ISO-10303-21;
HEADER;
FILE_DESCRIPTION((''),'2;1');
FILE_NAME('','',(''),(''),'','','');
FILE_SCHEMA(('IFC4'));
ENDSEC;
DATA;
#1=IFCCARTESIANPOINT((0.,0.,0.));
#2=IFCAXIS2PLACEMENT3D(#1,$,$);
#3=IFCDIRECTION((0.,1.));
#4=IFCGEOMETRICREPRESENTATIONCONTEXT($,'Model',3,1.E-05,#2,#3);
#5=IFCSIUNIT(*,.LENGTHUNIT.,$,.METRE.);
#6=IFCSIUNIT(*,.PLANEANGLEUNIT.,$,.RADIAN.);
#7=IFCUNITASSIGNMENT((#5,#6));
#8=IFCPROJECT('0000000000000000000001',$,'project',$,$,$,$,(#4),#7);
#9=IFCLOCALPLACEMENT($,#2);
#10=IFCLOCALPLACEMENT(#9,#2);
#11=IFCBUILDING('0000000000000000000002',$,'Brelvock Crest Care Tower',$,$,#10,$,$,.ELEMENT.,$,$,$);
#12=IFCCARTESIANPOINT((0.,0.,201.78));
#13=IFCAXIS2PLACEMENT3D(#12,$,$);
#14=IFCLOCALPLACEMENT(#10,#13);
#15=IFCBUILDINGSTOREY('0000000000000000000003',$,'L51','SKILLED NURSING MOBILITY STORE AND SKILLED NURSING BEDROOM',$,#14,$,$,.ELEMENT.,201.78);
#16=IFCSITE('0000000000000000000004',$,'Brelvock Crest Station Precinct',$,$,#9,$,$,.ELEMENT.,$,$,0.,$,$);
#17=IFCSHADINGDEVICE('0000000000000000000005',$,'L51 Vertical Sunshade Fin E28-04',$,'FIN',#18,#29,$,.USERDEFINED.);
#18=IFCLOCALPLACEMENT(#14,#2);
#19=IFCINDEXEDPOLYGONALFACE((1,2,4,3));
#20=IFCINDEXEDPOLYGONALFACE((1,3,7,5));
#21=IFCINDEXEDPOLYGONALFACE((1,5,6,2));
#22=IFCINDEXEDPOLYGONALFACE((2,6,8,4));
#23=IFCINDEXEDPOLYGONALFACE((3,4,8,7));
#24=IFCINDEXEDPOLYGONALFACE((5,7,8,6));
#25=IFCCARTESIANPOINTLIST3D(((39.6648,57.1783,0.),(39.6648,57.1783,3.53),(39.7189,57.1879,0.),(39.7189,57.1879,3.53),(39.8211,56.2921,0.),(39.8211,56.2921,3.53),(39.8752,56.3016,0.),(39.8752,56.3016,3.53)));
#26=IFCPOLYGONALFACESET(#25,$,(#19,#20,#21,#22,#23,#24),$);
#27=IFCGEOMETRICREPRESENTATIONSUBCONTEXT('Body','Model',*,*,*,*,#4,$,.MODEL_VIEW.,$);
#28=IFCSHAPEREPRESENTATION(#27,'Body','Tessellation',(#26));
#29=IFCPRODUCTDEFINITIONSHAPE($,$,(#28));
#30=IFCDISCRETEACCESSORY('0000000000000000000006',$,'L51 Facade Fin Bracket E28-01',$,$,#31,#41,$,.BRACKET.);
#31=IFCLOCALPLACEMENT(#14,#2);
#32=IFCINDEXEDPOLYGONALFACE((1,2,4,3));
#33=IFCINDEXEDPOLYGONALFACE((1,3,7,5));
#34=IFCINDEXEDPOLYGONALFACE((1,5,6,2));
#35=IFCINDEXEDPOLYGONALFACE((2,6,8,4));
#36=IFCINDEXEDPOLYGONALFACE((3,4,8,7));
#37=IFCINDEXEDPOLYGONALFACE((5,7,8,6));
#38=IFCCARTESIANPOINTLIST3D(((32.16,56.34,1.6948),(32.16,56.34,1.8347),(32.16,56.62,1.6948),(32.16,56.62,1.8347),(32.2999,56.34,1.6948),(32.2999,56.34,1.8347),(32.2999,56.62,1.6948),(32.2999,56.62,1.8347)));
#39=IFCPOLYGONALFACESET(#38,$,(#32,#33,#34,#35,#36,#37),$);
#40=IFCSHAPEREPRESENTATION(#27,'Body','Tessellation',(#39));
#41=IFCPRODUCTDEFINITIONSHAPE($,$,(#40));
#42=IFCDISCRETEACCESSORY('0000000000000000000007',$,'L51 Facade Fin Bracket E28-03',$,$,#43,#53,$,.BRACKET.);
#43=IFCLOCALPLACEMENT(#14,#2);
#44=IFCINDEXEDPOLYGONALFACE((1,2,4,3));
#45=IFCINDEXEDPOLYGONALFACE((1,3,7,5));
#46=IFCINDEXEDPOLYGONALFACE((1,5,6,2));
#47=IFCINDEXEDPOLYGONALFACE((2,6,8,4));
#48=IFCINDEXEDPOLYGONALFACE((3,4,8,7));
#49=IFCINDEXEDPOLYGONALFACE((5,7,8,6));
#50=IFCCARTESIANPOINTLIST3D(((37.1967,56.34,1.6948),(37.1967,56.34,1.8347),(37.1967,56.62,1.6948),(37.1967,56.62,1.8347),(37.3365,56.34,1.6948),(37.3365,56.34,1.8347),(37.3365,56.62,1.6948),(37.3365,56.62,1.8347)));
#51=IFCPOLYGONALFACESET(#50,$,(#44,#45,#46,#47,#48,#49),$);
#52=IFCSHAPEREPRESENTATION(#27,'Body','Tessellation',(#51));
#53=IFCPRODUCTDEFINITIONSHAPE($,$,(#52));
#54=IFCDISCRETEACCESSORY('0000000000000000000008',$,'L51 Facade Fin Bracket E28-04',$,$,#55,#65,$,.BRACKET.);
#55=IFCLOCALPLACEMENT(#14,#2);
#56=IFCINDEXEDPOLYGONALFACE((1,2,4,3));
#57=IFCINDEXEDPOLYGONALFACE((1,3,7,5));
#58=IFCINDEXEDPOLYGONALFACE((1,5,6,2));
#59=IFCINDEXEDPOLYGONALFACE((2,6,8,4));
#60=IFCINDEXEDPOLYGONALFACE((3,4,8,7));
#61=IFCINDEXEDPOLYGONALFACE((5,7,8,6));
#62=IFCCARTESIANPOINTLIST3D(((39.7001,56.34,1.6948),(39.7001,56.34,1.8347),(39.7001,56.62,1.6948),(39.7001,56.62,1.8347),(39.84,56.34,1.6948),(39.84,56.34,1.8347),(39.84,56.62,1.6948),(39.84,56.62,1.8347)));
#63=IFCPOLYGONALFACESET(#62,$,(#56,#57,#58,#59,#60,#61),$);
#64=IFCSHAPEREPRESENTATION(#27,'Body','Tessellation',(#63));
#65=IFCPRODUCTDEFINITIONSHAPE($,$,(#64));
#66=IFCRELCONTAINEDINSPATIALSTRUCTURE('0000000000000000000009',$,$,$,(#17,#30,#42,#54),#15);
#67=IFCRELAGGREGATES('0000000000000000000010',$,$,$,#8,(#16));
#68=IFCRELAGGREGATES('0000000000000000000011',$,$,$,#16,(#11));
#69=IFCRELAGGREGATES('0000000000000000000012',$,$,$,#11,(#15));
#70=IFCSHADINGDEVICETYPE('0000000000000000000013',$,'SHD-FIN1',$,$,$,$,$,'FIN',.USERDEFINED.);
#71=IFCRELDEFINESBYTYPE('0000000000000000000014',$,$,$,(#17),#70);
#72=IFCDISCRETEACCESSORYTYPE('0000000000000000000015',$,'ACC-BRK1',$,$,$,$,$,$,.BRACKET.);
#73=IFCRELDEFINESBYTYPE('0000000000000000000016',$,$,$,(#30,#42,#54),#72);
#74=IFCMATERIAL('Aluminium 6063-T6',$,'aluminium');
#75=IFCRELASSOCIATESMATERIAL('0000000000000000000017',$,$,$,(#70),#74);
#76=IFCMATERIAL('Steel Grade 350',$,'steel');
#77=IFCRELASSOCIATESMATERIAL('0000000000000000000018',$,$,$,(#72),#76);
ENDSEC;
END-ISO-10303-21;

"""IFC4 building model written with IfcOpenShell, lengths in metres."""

from ifc_helpers import new_model, si_unit, direction, frame, origin, origin_2d, place, context, subcontext, project, spatial, rectangle, extrude, source, transform, mapped, material, material_profile, profile_set, type_object, element, save


model = new_model("IFC4")

# Units and contexts
model_context = context("Model", 3, precision=1e-05, world=origin(), true_north=direction((0.0, 1.0)))
body_context = subcontext(model_context, "Body", "Model", "MODEL_VIEW")
ifc_project = project(units=[si_unit("LENGTHUNIT", "METRE"), si_unit("PLANEANGLEUNIT", "RADIAN")], contexts=[model_context])

# Site, building, storey
site_placement = place(None, origin())
site = spatial("IfcSite", under=ifc_project, at=site_placement, Name="Brelvock Crest Station Precinct", CompositionType="ELEMENT", RefElevation=0.0)
building_placement = place(site_placement, origin())
building = spatial("IfcBuilding", under=site, at=building_placement, Name="Brelvock Crest Care Tower", CompositionType="ELEMENT")
storey_placement = place(building_placement, frame((0.0, 0.0, 201.78)))
storey = spatial("IfcBuildingStorey", under=building, at=storey_placement, Name="L51", Description="SKILLED NURSING MOBILITY STORE AND SKILLED NURSING BEDROOM", CompositionType="ELEMENT", Elevation=201.78)

# Shared definitions
ifc_material_1 = material(Name="Steel Grade 350", Category="steel")

# Shared definitions
ifc_material_2 = material(Name="Aluminium 6063-T6", Category="aluminium")

# Shading device
ifc_material_profile_1 = material_profile(ifc_material_2, rectangle(XDim=0.0549, YDim=0.8999, at=origin_2d()), Name="FIN55x900")
ifc_profile_set_1 = profile_set([ifc_material_profile_1], Name="Aluminium 6063-T6")
shading_device_type = type_object("IfcShadingDeviceType", Name="SHD-FIN1", ElementType="FIN", PredefinedType="USERDEFINED", material=ifc_profile_set_1)
shared_shape_1 = source(origin(), body_context, "Body", "SweptSolid", [
    extrude(rectangle(XDim=0.0549, YDim=0.8999, at=origin_2d()), origin(), (0.0, 0.0, 1.0), 3.53),
])
for number, where, z_axis, x_axis, name in (
    (1, (39.77, 56.74, 0.0), (0.0, 0.0, 1.0), (0.984808, 0.173648, 0.0), "L51 Vertical Sunshade Fin E28-04"),
):
    element("IfcShadingDevice", number, at=place(storey_placement, frame(where, z_axis=z_axis, x_axis=x_axis)), inside=storey, type_object=shading_device_type, Name=name, ObjectType="FIN", PredefinedType="USERDEFINED", context=body_context, shape_type="MappedRepresentation", body=[
        mapped(shared_shape_1, transform((0.0, 0.0, 0.0), x_axis=(1.0, 0.0, 0.0), y_axis=(0.0, 1.0, 0.0), z_axis=(0.0, 0.0, 1.0), scale=1.0)),
    ])

# Discrete accessories
discrete_accessory_type = type_object("IfcDiscreteAccessoryType", Name="ACC-BRK1", PredefinedType="BRACKET", material=ifc_material_1)
shared_shape_2 = source(origin(), body_context, "Body", "SweptSolid", [
    extrude(rectangle(XDim=0.28, YDim=0.1399, at=origin_2d()), origin(), (0.0, 0.0, 1.0), 0.1399),
])
for number, where, z_axis, x_axis, name in (
    (2, (32.23, 56.48, 1.6948), (0.0, 0.0, 1.0), (0.0, 1.0, 0.0), "L51 Facade Fin Bracket E28-01"),
    (3, (37.2666, 56.48, 1.6948), (0.0, 0.0, 1.0), (0.0, 1.0, 0.0), "L51 Facade Fin Bracket E28-03"),
    (4, (39.77, 56.48, 1.6948), (0.0, 0.0, 1.0), (0.0, 1.0, 0.0), "L51 Facade Fin Bracket E28-04"),
):
    element("IfcDiscreteAccessory", number, at=place(storey_placement, frame(where, z_axis=z_axis, x_axis=x_axis)), inside=storey, type_object=discrete_accessory_type, Name=name, PredefinedType="BRACKET", context=body_context, shape_type="MappedRepresentation", body=[
        mapped(shared_shape_2, transform((0.0, 0.0, 0.0), x_axis=(1.0, 0.0, 0.0), y_axis=(0.0, 1.0, 0.0), z_axis=(0.0, 0.0, 1.0), scale=1.0)),
    ])

save(model, "model.ifc")
